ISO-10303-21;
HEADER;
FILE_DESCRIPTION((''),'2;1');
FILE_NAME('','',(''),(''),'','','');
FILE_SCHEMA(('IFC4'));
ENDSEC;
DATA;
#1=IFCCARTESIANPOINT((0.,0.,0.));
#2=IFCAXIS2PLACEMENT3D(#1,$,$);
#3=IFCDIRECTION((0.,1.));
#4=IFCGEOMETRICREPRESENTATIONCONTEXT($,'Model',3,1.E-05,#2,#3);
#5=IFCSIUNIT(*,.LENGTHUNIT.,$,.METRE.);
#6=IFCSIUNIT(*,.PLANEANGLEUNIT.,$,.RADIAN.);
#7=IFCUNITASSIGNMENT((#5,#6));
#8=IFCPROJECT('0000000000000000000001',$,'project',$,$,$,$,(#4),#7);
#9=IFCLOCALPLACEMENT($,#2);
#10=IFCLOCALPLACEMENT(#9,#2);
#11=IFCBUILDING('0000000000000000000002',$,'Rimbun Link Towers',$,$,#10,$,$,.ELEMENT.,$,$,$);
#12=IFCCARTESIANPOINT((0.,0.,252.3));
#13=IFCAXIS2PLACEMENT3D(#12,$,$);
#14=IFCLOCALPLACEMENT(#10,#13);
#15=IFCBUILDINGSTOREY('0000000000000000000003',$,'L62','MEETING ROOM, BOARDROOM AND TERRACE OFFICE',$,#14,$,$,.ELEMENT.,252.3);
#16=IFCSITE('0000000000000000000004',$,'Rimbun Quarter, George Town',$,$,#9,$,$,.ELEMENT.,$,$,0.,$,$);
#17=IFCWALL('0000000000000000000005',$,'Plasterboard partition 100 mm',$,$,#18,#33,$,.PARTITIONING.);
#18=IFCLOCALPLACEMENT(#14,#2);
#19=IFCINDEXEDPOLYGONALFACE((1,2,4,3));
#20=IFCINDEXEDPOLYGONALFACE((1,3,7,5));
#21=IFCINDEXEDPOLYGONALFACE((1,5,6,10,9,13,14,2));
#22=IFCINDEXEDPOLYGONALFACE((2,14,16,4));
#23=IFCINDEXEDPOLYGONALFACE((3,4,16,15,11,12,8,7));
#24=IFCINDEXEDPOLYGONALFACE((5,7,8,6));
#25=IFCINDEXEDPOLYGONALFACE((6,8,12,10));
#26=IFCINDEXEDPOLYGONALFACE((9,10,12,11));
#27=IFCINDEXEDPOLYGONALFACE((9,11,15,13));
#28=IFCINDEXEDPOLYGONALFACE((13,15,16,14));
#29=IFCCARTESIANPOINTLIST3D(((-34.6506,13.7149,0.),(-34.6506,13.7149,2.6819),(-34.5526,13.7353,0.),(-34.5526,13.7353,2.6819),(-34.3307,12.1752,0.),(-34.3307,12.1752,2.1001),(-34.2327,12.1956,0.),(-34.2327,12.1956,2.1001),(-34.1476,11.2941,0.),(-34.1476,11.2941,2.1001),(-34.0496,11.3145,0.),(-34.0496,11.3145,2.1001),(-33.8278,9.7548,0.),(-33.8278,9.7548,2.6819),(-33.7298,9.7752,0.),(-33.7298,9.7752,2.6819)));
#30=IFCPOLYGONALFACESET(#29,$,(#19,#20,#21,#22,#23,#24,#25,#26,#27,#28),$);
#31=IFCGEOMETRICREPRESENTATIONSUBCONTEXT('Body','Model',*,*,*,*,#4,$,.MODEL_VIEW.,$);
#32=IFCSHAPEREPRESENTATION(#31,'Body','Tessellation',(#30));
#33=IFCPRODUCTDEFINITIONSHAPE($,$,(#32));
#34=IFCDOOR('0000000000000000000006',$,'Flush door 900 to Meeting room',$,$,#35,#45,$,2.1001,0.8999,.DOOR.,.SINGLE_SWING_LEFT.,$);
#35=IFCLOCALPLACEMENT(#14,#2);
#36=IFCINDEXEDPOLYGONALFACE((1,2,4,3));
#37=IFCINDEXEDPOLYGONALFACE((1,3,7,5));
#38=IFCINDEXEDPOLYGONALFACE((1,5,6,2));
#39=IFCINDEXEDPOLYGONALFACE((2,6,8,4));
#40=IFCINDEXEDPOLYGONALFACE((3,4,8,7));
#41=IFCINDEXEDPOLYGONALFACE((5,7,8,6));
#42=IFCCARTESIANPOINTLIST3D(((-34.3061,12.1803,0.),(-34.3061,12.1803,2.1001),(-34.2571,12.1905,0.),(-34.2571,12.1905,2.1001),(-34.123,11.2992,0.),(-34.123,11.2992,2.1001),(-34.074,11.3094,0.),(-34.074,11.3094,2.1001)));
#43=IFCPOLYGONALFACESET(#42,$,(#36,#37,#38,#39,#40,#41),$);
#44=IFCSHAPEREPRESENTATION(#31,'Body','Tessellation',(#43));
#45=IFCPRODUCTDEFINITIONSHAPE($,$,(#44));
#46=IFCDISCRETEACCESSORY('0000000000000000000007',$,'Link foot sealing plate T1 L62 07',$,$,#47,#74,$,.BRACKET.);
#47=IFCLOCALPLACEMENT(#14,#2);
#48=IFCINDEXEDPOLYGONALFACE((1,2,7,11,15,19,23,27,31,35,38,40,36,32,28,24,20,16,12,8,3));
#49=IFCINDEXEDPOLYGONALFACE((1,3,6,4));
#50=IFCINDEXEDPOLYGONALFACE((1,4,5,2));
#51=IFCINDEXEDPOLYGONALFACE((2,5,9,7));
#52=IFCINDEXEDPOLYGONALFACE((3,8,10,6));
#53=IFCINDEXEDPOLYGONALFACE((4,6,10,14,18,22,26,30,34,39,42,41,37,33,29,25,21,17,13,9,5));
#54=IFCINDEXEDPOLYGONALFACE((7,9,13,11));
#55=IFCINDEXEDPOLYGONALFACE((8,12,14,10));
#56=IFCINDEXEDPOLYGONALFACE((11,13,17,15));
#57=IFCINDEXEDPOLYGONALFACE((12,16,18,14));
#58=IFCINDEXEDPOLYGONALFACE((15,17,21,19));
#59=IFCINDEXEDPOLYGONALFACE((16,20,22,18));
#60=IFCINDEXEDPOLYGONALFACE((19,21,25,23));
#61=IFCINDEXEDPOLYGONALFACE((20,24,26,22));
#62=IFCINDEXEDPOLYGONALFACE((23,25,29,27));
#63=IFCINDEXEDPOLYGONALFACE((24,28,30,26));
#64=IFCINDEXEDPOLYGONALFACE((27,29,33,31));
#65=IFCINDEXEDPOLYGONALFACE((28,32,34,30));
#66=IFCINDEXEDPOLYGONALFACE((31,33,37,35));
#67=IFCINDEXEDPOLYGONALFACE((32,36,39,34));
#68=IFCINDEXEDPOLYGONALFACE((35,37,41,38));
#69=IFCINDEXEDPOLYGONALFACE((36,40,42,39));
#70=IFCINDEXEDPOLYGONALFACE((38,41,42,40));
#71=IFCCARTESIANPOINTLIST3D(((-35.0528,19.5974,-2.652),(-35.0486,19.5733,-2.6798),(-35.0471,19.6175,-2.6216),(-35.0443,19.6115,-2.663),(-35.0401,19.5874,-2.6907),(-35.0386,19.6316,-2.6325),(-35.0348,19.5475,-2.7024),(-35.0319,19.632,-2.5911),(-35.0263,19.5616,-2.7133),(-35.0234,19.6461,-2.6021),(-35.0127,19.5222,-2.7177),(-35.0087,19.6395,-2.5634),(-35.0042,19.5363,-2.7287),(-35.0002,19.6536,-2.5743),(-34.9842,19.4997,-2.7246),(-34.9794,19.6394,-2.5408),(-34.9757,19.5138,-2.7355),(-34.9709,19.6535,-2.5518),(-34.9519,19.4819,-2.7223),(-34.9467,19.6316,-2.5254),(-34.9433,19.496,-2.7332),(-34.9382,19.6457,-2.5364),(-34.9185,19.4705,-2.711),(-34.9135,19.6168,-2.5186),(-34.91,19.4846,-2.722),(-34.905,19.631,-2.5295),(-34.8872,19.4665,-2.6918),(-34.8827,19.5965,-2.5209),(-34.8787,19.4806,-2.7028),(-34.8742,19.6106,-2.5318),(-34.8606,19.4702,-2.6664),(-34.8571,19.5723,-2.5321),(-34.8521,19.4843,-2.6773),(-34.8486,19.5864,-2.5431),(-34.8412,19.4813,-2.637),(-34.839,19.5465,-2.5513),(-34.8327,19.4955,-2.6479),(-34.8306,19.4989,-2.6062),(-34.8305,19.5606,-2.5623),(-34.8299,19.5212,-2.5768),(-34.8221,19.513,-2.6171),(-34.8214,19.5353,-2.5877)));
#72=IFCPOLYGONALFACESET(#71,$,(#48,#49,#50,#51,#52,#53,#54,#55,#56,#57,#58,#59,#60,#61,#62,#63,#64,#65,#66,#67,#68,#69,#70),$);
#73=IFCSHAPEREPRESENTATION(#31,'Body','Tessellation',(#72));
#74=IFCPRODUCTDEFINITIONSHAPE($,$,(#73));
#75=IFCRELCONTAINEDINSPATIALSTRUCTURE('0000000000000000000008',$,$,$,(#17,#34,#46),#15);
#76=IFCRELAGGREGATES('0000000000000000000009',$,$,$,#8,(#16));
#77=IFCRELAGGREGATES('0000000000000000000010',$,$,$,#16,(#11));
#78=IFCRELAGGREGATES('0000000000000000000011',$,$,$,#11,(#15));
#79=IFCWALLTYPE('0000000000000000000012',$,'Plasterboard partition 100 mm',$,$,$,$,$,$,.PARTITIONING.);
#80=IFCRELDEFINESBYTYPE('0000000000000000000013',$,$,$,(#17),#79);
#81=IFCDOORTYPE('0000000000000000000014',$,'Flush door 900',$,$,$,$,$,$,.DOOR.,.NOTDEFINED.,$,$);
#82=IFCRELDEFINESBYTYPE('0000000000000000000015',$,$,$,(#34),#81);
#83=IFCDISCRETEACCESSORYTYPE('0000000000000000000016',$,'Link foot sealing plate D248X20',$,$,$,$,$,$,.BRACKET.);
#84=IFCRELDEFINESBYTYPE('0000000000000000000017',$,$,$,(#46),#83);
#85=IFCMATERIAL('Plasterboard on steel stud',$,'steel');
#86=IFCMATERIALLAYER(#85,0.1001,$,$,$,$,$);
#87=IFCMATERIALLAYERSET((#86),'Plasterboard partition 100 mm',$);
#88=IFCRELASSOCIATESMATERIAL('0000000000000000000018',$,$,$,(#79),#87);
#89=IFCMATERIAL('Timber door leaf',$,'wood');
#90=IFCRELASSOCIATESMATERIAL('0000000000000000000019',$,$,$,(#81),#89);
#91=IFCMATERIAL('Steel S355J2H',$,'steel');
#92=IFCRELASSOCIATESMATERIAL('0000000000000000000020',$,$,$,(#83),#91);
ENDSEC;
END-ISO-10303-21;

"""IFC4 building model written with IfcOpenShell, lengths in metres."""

from ifc_helpers import new_model, si_unit, direction, frame, frame_2d, origin, origin_2d, place, context, subcontext, project, spatial, rectangle, circle, extrude, material, layer, layer_set, material_profile, profile_set, type_object, element, fill, save


model = new_model("IFC4")

# Units and contexts
model_context = context("Model", 3, precision=1e-05, world=origin(), true_north=direction((0.0, 1.0)))
body_context = subcontext(model_context, "Body", "Model", "MODEL_VIEW")
ifc_project = project(units=[si_unit("LENGTHUNIT", "METRE"), si_unit("PLANEANGLEUNIT", "RADIAN")], contexts=[model_context])

# Site, building, storey
site_placement = place(None, origin())
site = spatial("IfcSite", under=ifc_project, at=site_placement, Name="Rimbun Quarter, George Town", CompositionType="ELEMENT", RefElevation=0.0)
building_placement = place(site_placement, origin())
building = spatial("IfcBuilding", under=site, at=building_placement, Name="Rimbun Link Towers", CompositionType="ELEMENT")
storey_placement = place(building_placement, frame((0.0, 0.0, 252.3)))
storey = spatial("IfcBuildingStorey", under=building, at=storey_placement, Name="L62", Description="MEETING ROOM, BOARDROOM AND TERRACE OFFICE", CompositionType="ELEMENT", Elevation=252.3)

# Wall, opening, door
ifc_material_1 = material(Name="Plasterboard on steel stud", Category="steel")
ifc_layer_1 = layer(ifc_material_1, 0.1001)
ifc_layer_set_1 = layer_set([ifc_layer_1], Name="Plasterboard partition 100 mm")
wall_type = type_object("IfcWallType", Name="Plasterboard partition 100 mm", PredefinedType="PARTITIONING", material=ifc_layer_set_1)
wall_placement = place(storey_placement, frame((-33.7788, 9.7649, 0.0), z_axis=(0.0, 0.0, 1.0), x_axis=(-0.203412, 0.979093, 0.0)))
wall = element("IfcWall", 1, at=wall_placement, inside=storey, type_object=wall_type, Name="Plasterboard partition 100 mm", PredefinedType="PARTITIONING", context=body_context, shape_type="SweptSolid", body=[
    extrude(rectangle(XDim=4.0447, YDim=0.1001, at=frame_2d((2.0225, 0.0))), origin(), (0.0, 0.0, 1.0), 2.6819),
])
opening_placement = place(wall_placement, frame((1.5723, 0.0, 0.0)))
opening = element("IfcOpeningElement", 2, at=opening_placement, cuts=wall, PredefinedType="OPENING", context=body_context, shape_type="SweptSolid", body=[
    extrude(rectangle(XDim=0.8999, YDim=2.1001, at=frame_2d((0.45, 1.05))), frame((0.0, 0.0601, 0.0), z_axis=(0.0, -1.0, 0.0), x_axis=(1.0, 0.0, 0.0)), (0.0, 0.0, 1.0), 0.1201),
])
ifc_material_2 = material(Name="Timber door leaf", Category="wood")
door_type = type_object("IfcDoorType", Name="Flush door 900", OperationType="NOTDEFINED", PredefinedType="DOOR", material=ifc_material_2)
door_placement = place(opening_placement, origin())
door = element("IfcDoor", 3, at=door_placement, inside=storey, type_object=door_type, Name="Flush door 900 to Meeting room", OperationType="SINGLE_SWING_LEFT", OverallHeight=2.1001, OverallWidth=0.8999, PredefinedType="DOOR", context=body_context, shape_type="SweptSolid", body=[
    extrude(rectangle(XDim=0.8999, YDim=2.1001, at=frame_2d((0.45, 1.05))), frame((0.0, 0.0249, 0.0), z_axis=(0.0, -1.0, 0.0), x_axis=(1.0, 0.0, 0.0)), (0.0, 0.0, 1.0), 0.05),
])
fill(opening, door)

# Discrete accessory
ifc_material_3 = material(Name="Steel S355J2H", Category="steel")
ifc_material_profile_1 = material_profile(ifc_material_3, circle(Radius=0.124, at=origin_2d()), Name="PL D248")
ifc_profile_set_1 = profile_set([ifc_material_profile_1], Name="Steel S355J2H")
discrete_accessory_type = type_object("IfcDiscreteAccessoryType", Name="Link foot sealing plate D248X20", PredefinedType="BRACKET", material=ifc_profile_set_1)
discrete_accessory_placement = place(storey_placement, frame((-34.9409, 19.5535, -2.6216), z_axis=(0.430364, 0.713175, -0.553325), x_axis=(-0.856188, 0.516665, 0.0)))
element("IfcDiscreteAccessory", 4, at=discrete_accessory_placement, inside=storey, type_object=discrete_accessory_type, Name="Link foot sealing plate T1 L62 07", PredefinedType="BRACKET", context=body_context, shape_type="SweptSolid", body=[
    extrude(circle(Radius=0.124, at=origin_2d()), origin(), (0.0, 0.0, 1.0), 0.0198),
])

save(model, "model.ifc")
